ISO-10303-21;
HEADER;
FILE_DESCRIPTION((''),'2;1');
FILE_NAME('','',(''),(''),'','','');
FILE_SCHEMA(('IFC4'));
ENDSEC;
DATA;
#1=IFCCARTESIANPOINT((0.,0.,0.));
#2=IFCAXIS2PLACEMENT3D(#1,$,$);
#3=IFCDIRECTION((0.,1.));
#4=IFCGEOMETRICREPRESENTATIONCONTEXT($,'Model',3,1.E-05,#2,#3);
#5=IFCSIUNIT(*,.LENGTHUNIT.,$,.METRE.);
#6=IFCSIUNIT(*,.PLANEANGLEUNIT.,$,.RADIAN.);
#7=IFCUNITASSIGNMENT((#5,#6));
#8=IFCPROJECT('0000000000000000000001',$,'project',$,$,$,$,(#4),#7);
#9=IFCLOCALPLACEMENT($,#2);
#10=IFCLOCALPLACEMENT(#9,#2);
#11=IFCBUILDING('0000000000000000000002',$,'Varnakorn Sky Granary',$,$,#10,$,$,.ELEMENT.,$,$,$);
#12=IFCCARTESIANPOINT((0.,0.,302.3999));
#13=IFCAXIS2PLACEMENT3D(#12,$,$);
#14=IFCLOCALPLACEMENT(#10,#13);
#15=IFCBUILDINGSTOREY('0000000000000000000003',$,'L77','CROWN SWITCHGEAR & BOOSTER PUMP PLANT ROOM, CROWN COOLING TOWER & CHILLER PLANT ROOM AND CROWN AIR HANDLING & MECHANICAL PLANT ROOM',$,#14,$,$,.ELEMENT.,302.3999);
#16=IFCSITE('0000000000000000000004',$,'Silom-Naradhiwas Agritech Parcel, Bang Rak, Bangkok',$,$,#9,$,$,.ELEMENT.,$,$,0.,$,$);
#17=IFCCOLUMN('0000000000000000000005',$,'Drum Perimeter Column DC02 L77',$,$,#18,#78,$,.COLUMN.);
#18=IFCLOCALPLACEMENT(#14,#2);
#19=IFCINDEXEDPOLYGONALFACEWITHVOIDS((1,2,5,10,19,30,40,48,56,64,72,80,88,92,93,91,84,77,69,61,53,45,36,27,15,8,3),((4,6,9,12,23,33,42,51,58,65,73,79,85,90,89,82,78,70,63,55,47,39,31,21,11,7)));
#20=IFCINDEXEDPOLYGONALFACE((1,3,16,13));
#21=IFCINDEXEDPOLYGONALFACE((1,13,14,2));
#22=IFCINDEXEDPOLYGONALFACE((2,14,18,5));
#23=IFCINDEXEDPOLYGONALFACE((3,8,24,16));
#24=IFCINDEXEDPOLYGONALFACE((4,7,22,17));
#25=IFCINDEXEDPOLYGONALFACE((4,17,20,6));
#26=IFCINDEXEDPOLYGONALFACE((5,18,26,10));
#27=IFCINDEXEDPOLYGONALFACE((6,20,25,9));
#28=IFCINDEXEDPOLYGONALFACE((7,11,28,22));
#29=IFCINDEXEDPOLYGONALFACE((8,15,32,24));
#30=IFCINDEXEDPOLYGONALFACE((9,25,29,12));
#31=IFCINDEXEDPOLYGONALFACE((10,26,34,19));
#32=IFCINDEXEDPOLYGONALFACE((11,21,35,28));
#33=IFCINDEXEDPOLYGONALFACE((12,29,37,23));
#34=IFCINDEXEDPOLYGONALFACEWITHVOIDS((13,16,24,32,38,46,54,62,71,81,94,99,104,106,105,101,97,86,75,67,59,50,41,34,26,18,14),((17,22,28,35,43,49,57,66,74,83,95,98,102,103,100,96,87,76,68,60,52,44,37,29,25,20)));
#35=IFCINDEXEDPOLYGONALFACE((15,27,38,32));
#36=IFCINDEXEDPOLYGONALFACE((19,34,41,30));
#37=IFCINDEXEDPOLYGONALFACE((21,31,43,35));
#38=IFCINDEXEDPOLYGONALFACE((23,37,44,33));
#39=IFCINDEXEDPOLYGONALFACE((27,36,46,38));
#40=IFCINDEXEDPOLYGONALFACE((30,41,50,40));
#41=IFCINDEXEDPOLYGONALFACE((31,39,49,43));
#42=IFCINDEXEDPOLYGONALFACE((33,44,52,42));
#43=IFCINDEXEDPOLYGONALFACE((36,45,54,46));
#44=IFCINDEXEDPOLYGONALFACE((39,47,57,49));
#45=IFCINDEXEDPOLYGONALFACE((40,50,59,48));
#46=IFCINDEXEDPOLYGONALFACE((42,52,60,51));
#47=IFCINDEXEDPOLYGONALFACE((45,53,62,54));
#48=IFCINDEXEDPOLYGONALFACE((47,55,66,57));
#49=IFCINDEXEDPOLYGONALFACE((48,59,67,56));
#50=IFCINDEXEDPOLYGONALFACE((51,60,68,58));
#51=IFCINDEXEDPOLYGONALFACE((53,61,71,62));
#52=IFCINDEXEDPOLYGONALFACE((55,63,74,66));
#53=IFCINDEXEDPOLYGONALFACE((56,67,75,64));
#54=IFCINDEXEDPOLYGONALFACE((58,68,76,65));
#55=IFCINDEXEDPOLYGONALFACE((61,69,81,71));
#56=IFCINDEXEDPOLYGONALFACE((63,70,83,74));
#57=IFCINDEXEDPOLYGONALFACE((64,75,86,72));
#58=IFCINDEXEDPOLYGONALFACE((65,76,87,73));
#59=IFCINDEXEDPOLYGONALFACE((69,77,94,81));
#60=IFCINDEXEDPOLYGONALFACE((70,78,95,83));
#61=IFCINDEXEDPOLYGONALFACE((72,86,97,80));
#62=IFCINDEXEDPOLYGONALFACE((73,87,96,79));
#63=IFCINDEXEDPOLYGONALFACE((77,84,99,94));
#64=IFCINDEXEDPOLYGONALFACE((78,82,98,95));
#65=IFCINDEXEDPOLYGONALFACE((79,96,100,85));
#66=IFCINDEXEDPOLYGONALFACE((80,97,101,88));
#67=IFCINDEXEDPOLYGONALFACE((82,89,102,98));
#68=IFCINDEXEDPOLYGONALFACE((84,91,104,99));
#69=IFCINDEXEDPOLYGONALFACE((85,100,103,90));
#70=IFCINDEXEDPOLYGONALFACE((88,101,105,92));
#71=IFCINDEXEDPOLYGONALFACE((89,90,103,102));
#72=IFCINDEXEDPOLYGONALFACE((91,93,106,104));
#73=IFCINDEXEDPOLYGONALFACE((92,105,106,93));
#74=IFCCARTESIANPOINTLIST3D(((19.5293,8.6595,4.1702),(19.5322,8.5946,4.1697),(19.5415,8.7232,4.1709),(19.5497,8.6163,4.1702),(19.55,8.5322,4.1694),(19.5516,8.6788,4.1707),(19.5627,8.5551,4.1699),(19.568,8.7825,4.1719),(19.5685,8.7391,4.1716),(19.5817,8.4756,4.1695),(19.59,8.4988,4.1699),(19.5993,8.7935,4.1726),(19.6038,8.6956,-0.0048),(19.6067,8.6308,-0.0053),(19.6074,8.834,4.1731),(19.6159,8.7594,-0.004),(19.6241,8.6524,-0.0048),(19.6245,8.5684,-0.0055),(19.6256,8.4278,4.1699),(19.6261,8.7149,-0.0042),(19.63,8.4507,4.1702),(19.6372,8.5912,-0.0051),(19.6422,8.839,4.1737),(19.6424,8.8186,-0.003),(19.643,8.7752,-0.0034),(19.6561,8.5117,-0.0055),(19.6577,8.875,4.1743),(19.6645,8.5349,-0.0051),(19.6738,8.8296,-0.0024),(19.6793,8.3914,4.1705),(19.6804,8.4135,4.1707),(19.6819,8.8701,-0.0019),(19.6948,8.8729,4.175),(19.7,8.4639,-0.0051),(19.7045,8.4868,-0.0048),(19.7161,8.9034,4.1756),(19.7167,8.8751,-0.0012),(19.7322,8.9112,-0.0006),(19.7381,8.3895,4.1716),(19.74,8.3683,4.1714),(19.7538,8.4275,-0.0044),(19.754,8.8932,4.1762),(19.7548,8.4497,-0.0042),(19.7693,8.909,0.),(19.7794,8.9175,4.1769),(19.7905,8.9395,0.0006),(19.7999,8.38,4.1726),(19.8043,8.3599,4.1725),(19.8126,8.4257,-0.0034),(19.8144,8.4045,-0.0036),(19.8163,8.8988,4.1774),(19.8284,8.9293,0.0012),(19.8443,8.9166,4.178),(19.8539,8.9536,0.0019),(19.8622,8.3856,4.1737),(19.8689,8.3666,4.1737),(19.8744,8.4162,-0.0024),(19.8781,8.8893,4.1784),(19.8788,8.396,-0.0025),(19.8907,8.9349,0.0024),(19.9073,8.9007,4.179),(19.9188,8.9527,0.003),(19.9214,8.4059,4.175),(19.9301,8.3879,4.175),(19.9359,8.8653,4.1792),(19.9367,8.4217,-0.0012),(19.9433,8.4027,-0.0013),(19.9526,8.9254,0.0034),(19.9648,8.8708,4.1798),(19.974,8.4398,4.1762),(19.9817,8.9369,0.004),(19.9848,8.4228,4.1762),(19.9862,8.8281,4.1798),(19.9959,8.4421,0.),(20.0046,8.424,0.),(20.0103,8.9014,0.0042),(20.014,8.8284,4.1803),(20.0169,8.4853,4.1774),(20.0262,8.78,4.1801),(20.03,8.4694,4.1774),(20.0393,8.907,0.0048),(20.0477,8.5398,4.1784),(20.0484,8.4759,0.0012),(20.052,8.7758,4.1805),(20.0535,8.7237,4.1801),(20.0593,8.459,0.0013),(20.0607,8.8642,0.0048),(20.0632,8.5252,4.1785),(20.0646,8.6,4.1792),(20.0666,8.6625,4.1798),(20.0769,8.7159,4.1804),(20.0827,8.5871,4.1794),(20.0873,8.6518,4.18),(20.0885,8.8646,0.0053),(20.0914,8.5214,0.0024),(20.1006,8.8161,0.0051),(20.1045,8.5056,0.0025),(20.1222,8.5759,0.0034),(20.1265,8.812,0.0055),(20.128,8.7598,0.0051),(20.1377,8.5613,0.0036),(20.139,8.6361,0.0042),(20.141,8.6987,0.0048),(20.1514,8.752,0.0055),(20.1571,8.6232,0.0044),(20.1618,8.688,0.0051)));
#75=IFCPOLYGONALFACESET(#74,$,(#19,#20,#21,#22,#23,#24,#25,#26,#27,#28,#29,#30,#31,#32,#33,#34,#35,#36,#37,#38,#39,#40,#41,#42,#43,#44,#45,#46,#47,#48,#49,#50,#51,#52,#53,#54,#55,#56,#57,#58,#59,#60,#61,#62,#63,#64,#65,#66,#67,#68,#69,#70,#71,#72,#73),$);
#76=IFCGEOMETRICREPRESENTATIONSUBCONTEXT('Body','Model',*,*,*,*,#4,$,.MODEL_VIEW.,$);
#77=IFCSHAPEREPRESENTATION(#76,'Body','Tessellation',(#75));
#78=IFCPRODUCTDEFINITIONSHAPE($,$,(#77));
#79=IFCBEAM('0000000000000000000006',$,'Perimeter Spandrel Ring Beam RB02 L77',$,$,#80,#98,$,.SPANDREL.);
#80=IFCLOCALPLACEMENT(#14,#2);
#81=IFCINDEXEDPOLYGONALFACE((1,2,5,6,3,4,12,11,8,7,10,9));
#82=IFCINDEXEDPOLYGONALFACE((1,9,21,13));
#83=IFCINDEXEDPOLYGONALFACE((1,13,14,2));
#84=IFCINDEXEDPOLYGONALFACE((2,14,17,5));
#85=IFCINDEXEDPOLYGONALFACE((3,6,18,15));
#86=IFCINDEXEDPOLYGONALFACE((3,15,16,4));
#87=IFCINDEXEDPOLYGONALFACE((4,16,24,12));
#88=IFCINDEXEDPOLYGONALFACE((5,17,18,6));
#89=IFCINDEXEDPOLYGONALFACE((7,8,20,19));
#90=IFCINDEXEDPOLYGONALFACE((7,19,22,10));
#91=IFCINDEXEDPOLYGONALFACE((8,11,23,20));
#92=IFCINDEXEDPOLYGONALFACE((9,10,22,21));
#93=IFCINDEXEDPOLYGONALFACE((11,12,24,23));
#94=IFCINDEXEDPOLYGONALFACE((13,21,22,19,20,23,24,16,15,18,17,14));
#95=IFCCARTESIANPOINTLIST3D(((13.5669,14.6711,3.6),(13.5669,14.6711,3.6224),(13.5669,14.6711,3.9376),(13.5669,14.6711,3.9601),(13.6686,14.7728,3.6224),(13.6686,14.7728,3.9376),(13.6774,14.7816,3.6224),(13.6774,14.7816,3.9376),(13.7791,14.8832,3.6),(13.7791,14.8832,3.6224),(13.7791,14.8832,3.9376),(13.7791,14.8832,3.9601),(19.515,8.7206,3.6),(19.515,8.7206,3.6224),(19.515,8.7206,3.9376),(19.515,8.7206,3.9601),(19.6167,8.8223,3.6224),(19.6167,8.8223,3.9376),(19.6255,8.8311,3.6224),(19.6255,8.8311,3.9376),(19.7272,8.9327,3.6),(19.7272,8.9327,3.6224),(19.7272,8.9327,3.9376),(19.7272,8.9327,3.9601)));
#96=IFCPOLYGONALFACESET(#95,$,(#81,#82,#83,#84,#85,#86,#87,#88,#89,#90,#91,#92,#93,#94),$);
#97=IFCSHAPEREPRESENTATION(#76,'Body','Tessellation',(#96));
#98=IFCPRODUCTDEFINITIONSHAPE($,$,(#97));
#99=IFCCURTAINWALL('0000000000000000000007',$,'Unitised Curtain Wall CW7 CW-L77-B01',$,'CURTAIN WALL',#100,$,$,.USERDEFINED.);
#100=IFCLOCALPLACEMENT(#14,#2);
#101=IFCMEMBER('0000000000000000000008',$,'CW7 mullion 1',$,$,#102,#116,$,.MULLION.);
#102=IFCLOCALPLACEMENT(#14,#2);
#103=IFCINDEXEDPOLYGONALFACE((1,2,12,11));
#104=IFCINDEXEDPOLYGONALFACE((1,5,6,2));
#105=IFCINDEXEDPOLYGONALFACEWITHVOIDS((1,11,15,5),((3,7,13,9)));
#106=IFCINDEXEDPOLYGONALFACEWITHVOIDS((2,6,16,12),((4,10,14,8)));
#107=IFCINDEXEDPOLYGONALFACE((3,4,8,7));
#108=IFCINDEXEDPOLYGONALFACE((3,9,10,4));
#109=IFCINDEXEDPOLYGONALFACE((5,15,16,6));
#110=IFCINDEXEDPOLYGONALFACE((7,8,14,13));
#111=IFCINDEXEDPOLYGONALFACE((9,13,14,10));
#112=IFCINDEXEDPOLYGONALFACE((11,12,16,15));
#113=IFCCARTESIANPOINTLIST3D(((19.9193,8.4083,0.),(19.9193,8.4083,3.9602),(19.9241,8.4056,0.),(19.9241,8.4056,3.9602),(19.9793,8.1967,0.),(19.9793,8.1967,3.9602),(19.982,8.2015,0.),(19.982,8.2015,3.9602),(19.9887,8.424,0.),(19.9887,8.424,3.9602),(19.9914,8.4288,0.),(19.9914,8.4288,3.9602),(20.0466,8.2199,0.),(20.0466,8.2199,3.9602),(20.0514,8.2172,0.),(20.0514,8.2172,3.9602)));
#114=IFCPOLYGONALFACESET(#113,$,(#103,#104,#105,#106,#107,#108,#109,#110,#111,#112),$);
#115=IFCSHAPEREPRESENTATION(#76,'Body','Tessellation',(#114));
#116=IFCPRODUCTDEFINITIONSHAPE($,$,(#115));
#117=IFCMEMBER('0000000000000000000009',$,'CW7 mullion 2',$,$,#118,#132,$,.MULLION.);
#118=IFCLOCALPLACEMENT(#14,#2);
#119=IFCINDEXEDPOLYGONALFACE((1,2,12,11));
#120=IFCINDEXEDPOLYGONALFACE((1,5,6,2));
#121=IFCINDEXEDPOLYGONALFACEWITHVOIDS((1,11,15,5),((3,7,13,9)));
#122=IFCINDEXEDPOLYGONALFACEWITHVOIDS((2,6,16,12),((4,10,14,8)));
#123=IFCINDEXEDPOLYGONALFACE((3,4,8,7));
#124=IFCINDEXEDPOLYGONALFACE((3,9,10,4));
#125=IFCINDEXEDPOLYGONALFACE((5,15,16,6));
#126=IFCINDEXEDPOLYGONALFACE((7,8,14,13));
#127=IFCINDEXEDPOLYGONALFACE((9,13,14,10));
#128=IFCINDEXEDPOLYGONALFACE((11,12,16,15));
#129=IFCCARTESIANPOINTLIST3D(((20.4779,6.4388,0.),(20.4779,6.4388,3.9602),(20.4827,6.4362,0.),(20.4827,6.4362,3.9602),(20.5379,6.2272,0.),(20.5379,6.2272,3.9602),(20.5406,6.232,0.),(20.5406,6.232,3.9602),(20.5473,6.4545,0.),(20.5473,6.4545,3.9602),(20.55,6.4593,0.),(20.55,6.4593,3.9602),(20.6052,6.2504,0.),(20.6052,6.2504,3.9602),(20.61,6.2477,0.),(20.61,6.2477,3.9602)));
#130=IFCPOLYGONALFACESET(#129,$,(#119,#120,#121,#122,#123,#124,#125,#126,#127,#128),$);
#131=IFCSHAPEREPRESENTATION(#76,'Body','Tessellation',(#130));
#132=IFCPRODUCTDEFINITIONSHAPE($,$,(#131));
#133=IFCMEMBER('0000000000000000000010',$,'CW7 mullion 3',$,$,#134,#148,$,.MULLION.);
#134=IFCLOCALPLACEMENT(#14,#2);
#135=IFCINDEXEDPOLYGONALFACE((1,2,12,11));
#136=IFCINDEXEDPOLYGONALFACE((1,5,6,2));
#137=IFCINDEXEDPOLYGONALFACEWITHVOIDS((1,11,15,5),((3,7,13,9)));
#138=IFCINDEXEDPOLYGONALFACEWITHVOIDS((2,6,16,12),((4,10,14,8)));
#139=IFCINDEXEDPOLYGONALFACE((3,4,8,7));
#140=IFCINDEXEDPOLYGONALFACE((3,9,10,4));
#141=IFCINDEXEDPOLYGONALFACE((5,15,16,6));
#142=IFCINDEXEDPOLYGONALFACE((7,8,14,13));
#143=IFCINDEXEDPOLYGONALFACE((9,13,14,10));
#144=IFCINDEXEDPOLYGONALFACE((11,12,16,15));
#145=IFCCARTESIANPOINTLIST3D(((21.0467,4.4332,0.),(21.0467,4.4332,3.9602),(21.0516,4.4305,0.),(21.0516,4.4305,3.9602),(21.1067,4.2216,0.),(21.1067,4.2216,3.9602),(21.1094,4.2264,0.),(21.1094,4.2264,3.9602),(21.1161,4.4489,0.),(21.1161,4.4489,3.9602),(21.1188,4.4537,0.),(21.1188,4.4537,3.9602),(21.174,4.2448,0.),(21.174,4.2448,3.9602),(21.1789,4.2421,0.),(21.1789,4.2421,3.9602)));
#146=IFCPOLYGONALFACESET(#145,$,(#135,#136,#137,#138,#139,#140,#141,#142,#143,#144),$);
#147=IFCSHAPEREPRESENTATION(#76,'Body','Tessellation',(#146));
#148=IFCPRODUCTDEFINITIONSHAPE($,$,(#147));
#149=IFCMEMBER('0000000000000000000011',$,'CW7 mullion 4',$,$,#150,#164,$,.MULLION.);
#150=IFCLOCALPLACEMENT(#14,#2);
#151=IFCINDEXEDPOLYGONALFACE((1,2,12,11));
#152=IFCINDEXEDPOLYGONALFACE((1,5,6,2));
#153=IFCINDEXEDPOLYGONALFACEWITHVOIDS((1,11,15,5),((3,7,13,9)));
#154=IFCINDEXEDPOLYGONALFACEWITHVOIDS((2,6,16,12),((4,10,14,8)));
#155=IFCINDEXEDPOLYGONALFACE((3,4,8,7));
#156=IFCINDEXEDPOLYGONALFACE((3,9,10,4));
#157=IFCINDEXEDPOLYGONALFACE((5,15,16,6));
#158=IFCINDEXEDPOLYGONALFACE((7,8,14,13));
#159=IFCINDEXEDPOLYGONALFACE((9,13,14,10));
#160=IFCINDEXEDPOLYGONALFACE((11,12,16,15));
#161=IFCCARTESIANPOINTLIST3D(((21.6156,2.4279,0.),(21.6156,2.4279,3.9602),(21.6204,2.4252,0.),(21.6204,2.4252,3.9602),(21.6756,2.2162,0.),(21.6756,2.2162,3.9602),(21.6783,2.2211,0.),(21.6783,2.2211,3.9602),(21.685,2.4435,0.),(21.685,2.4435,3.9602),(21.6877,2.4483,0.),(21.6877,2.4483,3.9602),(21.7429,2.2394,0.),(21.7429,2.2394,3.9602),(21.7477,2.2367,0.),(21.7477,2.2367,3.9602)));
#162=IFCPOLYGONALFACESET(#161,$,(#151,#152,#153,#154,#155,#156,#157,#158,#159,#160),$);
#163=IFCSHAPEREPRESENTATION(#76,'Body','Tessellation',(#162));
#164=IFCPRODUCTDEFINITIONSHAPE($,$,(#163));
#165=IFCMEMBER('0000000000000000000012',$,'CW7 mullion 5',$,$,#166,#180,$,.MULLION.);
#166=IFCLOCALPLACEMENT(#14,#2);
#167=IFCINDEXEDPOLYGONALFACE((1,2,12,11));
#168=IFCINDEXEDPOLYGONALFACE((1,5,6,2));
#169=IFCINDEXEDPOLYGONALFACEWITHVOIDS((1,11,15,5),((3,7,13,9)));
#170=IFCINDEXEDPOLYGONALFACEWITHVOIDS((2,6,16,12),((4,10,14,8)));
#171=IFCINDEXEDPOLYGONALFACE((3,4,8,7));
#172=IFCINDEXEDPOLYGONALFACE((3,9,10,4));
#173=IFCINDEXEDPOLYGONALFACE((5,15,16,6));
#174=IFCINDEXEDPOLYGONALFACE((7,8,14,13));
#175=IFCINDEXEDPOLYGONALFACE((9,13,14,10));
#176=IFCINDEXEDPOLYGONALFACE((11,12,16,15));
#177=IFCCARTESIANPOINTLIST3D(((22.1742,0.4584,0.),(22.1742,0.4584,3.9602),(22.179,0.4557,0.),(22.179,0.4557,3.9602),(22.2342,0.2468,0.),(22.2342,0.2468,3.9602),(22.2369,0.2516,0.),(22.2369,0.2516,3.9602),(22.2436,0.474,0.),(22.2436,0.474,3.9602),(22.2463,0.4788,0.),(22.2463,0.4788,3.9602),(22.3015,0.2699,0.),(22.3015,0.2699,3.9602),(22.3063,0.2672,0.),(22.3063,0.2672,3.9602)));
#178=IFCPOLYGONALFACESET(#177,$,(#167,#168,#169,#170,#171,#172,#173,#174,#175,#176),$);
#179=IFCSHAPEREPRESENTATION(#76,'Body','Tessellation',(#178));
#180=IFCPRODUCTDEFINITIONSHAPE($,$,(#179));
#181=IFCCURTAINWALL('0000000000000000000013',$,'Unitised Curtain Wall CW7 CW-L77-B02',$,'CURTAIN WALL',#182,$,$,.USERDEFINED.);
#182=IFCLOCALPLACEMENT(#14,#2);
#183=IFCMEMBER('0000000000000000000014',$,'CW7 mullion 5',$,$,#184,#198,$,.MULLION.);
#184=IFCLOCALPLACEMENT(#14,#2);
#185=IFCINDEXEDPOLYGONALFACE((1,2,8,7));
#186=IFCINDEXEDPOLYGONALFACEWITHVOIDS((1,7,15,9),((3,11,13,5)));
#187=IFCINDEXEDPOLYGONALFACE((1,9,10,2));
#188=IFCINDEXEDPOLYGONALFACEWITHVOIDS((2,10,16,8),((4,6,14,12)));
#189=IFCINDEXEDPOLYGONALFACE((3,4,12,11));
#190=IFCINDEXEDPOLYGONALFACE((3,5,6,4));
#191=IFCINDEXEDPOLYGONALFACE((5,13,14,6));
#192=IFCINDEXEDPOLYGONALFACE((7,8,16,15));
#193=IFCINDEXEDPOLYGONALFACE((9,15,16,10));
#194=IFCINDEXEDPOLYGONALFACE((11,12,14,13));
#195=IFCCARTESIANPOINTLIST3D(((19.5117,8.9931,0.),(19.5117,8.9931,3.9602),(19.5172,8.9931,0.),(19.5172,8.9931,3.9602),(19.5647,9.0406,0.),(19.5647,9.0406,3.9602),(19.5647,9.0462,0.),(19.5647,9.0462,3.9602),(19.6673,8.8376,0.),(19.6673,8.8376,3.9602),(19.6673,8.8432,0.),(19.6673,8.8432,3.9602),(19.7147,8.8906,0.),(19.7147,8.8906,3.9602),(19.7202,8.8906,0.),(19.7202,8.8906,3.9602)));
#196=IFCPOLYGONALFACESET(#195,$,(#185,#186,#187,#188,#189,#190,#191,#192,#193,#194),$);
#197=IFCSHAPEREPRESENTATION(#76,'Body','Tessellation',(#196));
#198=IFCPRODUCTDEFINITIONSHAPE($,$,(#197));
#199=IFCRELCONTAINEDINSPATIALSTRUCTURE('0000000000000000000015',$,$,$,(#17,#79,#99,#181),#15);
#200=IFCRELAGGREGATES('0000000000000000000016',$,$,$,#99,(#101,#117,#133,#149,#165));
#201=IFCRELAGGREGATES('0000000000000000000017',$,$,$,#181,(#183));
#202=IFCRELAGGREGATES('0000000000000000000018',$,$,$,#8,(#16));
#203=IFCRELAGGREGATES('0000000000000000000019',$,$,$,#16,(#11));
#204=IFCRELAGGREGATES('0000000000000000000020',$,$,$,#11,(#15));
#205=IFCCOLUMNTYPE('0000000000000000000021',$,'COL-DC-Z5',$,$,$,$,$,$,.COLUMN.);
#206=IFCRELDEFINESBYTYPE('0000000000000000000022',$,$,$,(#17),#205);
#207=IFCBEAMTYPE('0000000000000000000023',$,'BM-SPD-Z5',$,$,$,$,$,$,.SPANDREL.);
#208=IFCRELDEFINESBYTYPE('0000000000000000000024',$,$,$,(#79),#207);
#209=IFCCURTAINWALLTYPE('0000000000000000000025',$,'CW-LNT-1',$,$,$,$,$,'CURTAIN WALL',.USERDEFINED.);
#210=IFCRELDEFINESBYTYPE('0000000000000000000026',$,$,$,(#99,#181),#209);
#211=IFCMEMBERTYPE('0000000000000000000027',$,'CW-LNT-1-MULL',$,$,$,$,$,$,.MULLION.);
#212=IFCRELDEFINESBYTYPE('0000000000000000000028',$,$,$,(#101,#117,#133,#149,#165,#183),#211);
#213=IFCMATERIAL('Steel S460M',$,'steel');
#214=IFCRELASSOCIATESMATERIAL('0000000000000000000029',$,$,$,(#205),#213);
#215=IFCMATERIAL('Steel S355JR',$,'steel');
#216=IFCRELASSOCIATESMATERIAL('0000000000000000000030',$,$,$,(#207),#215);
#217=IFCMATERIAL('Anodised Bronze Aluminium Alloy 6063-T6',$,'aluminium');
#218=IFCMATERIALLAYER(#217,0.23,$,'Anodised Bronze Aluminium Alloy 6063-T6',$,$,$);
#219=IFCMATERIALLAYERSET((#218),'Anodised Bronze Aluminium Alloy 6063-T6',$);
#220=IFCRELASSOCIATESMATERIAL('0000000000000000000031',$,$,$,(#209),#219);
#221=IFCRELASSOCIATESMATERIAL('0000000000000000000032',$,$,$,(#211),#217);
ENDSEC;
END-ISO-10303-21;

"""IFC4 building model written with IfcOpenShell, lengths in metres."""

from ifc_helpers import new_model, si_unit, direction, frame, origin, origin_2d, place, context, subcontext, project, spatial, hollow_rectangle, hollow_circle, i_section, extrude, material, layer, layer_set, material_profile, profile_set, type_object, element, aggregate, save


model = new_model("IFC4")

# Units and contexts
model_context = context("Model", 3, precision=1e-05, world=origin(), true_north=direction((0.0, 1.0)))
body_context = subcontext(model_context, "Body", "Model", "MODEL_VIEW")
ifc_project = project(units=[si_unit("LENGTHUNIT", "METRE"), si_unit("PLANEANGLEUNIT", "RADIAN")], contexts=[model_context])

# Site, building, storey
site_placement = place(None, origin())
site = spatial("IfcSite", under=ifc_project, at=site_placement, Name="Silom-Naradhiwas Agritech Parcel, Bang Rak, Bangkok", CompositionType="ELEMENT", RefElevation=0.0)
building_placement = place(site_placement, origin())
building = spatial("IfcBuilding", under=site, at=building_placement, Name="Varnakorn Sky Granary", CompositionType="ELEMENT")
storey_placement = place(building_placement, frame((0.0, 0.0, 302.3999)))
storey = spatial("IfcBuildingStorey", under=building, at=storey_placement, Name="L77", Description="CROWN SWITCHGEAR & BOOSTER PUMP PLANT ROOM, CROWN COOLING TOWER & CHILLER PLANT ROOM AND CROWN AIR HANDLING & MECHANICAL PLANT ROOM", CompositionType="ELEMENT", Elevation=302.3999)

# Column
ifc_material_1 = material(Name="Steel S460M", Category="steel")
ifc_material_profile_1 = material_profile(ifc_material_1, hollow_circle(Radius=0.2795, WallThickness=0.02, at=origin_2d()), Name="CHS 559x20")
ifc_profile_set_1 = profile_set([ifc_material_profile_1], Name="Steel S460M")
column_type = type_object("IfcColumnType", Name="COL-DC-Z5", PredefinedType="COLUMN", material=ifc_profile_set_1)
column_placement = place(storey_placement, frame((19.8826, 8.6755, 0.0), z_axis=(-0.017832, -0.008653, 0.999804), x_axis=(0.436563, -0.899674, 0.0)))
element("IfcColumn", 1, at=column_placement, inside=storey, type_object=column_type, Name="Drum Perimeter Column DC02 L77", PredefinedType="COLUMN", context=body_context, shape_type="SweptSolid", body=[
    extrude(hollow_circle(Radius=0.2795, WallThickness=0.02, at=origin_2d()), origin(), (0.0, 0.0, 1.0), 4.1758),
])

# Beam
ifc_material_2 = material(Name="Steel S355JR", Category="steel")
ifc_material_profile_2 = material_profile(ifc_material_2, i_section(OverallWidth=0.3, OverallDepth=0.3601, WebThickness=0.0125, FlangeThickness=0.0225, at=origin_2d()), Name="HE 360 B")
ifc_profile_set_2 = profile_set([ifc_material_profile_2], Name="Steel S355JR")
beam_type = type_object("IfcBeamType", Name="BM-SPD-Z5", PredefinedType="SPANDREL", material=ifc_profile_set_2)
beam_placement = place(storey_placement, frame((19.6211, 8.8267, 3.78), z_axis=(-0.706962, 0.707252, 0.0), x_axis=(-0.707252, -0.706962, 0.0)))
element("IfcBeam", 2, at=beam_placement, inside=storey, type_object=beam_type, Name="Perimeter Spandrel Ring Beam RB02 L77", PredefinedType="SPANDREL", context=body_context, shape_type="SweptSolid", body=[
    extrude(i_section(OverallWidth=0.3, OverallDepth=0.3601, WebThickness=0.0125, FlangeThickness=0.0225, at=origin_2d()), origin(), (0.0, 0.0, 1.0), 8.4136),
])

# Curtain wall, members
ifc_material_3 = material(Name="Anodised Bronze Aluminium Alloy 6063-T6", Category="aluminium")
ifc_layer_1 = layer(ifc_material_3, 0.23, Name="Anodised Bronze Aluminium Alloy 6063-T6")
ifc_layer_set_1 = layer_set([ifc_layer_1], Name="Anodised Bronze Aluminium Alloy 6063-T6")
curtain_wall_type = type_object("IfcCurtainWallType", Name="CW-LNT-1", ElementType="CURTAIN WALL", PredefinedType="USERDEFINED", material=ifc_layer_set_1)
curtain_wall_1_placement = place(storey_placement, origin())
curtain_wall_1 = element("IfcCurtainWall", 3, at=curtain_wall_1_placement, inside=storey, type_object=curtain_wall_type, Name="Unitised Curtain Wall CW7 CW-L77-B01", ObjectType="CURTAIN WALL", PredefinedType="USERDEFINED")
ifc_material_profile_3 = material_profile(ifc_material_3, hollow_rectangle(XDim=0.075, YDim=0.22, WallThickness=0.0039, at=origin_2d()), Name="ALU MULL 75x220")
ifc_profile_set_3 = profile_set([ifc_material_profile_3], Name="Anodised Bronze Aluminium Alloy 6063-T6")
member_type_1 = type_object("IfcMemberType", Name="CW-LNT-1-MULL", PredefinedType="MULLION", material=ifc_profile_set_3)
member_1_placement = place(storey_placement, frame((19.9854, 8.3127, 0.0), z_axis=(0.0, 0.0, 1.0), x_axis=(0.962054, 0.27286, 0.0)))
member_1 = element("IfcMember", 4, at=member_1_placement, type_object=member_type_1, Name="CW7 mullion 1", PredefinedType="MULLION", context=body_context, shape_type="SweptSolid", body=[
    extrude(hollow_rectangle(XDim=0.075, YDim=0.22, WallThickness=0.0039, at=origin_2d()), origin(), (0.0, 0.0, 1.0), 3.9602),
])
member_2_placement = place(storey_placement, frame((20.5439, 6.3433, 0.0), z_axis=(0.0, 0.0, 1.0), x_axis=(0.962054, 0.27286, 0.0)))
member_2 = element("IfcMember", 5, at=member_2_placement, type_object=member_type_1, Name="CW7 mullion 2", PredefinedType="MULLION", context=body_context, shape_type="SweptSolid", body=[
    extrude(hollow_rectangle(XDim=0.075, YDim=0.22, WallThickness=0.0039, at=origin_2d()), origin(), (0.0, 0.0, 1.0), 3.9602),
])
member_3_placement = place(storey_placement, frame((21.1128, 4.3376, 0.0), z_axis=(0.0, 0.0, 1.0), x_axis=(0.962054, 0.27286, 0.0)))
member_3 = element("IfcMember", 6, at=member_3_placement, type_object=member_type_1, Name="CW7 mullion 3", PredefinedType="MULLION", context=body_context, shape_type="SweptSolid", body=[
    extrude(hollow_rectangle(XDim=0.075, YDim=0.22, WallThickness=0.0039, at=origin_2d()), origin(), (0.0, 0.0, 1.0), 3.9602),
])
member_4_placement = place(storey_placement, frame((21.6816, 2.3323, 0.0), z_axis=(0.0, 0.0, 1.0), x_axis=(0.962054, 0.27286, 0.0)))
member_4 = element("IfcMember", 7, at=member_4_placement, type_object=member_type_1, Name="CW7 mullion 4", PredefinedType="MULLION", context=body_context, shape_type="SweptSolid", body=[
    extrude(hollow_rectangle(XDim=0.075, YDim=0.22, WallThickness=0.0039, at=origin_2d()), origin(), (0.0, 0.0, 1.0), 3.9602),
])
member_5_placement = place(storey_placement, frame((22.2402, 0.3628, 0.0), z_axis=(0.0, 0.0, 1.0), x_axis=(0.962054, 0.27286, 0.0)))
member_5 = element("IfcMember", 8, at=member_5_placement, type_object=member_type_1, Name="CW7 mullion 5", PredefinedType="MULLION", context=body_context, shape_type="SweptSolid", body=[
    extrude(hollow_rectangle(XDim=0.075, YDim=0.22, WallThickness=0.0039, at=origin_2d()), origin(), (0.0, 0.0, 1.0), 3.9602),
])

# Curtain wall, member
curtain_wall_2_placement = place(storey_placement, origin())
curtain_wall_2 = element("IfcCurtainWall", 9, at=curtain_wall_2_placement, inside=storey, type_object=curtain_wall_type, Name="Unitised Curtain Wall CW7 CW-L77-B02", ObjectType="CURTAIN WALL", PredefinedType="USERDEFINED")
member_6_placement = place(storey_placement, frame((19.616, 8.9419, 0.0), z_axis=(0.0, 0.0, 1.0), x_axis=(0.706962, 0.707251, 0.0)))
member_6 = element("IfcMember", 10, at=member_6_placement, type_object=member_type_1, Name="CW7 mullion 5", PredefinedType="MULLION", context=body_context, shape_type="SweptSolid", body=[
    extrude(hollow_rectangle(XDim=0.075, YDim=0.22, WallThickness=0.0039, at=origin_2d()), origin(), (0.0, 0.0, 1.0), 3.9602),
])

aggregate(curtain_wall_1, [member_1, member_2, member_3, member_4, member_5])
aggregate(curtain_wall_2, [member_6])

save(model, "model.ifc")
